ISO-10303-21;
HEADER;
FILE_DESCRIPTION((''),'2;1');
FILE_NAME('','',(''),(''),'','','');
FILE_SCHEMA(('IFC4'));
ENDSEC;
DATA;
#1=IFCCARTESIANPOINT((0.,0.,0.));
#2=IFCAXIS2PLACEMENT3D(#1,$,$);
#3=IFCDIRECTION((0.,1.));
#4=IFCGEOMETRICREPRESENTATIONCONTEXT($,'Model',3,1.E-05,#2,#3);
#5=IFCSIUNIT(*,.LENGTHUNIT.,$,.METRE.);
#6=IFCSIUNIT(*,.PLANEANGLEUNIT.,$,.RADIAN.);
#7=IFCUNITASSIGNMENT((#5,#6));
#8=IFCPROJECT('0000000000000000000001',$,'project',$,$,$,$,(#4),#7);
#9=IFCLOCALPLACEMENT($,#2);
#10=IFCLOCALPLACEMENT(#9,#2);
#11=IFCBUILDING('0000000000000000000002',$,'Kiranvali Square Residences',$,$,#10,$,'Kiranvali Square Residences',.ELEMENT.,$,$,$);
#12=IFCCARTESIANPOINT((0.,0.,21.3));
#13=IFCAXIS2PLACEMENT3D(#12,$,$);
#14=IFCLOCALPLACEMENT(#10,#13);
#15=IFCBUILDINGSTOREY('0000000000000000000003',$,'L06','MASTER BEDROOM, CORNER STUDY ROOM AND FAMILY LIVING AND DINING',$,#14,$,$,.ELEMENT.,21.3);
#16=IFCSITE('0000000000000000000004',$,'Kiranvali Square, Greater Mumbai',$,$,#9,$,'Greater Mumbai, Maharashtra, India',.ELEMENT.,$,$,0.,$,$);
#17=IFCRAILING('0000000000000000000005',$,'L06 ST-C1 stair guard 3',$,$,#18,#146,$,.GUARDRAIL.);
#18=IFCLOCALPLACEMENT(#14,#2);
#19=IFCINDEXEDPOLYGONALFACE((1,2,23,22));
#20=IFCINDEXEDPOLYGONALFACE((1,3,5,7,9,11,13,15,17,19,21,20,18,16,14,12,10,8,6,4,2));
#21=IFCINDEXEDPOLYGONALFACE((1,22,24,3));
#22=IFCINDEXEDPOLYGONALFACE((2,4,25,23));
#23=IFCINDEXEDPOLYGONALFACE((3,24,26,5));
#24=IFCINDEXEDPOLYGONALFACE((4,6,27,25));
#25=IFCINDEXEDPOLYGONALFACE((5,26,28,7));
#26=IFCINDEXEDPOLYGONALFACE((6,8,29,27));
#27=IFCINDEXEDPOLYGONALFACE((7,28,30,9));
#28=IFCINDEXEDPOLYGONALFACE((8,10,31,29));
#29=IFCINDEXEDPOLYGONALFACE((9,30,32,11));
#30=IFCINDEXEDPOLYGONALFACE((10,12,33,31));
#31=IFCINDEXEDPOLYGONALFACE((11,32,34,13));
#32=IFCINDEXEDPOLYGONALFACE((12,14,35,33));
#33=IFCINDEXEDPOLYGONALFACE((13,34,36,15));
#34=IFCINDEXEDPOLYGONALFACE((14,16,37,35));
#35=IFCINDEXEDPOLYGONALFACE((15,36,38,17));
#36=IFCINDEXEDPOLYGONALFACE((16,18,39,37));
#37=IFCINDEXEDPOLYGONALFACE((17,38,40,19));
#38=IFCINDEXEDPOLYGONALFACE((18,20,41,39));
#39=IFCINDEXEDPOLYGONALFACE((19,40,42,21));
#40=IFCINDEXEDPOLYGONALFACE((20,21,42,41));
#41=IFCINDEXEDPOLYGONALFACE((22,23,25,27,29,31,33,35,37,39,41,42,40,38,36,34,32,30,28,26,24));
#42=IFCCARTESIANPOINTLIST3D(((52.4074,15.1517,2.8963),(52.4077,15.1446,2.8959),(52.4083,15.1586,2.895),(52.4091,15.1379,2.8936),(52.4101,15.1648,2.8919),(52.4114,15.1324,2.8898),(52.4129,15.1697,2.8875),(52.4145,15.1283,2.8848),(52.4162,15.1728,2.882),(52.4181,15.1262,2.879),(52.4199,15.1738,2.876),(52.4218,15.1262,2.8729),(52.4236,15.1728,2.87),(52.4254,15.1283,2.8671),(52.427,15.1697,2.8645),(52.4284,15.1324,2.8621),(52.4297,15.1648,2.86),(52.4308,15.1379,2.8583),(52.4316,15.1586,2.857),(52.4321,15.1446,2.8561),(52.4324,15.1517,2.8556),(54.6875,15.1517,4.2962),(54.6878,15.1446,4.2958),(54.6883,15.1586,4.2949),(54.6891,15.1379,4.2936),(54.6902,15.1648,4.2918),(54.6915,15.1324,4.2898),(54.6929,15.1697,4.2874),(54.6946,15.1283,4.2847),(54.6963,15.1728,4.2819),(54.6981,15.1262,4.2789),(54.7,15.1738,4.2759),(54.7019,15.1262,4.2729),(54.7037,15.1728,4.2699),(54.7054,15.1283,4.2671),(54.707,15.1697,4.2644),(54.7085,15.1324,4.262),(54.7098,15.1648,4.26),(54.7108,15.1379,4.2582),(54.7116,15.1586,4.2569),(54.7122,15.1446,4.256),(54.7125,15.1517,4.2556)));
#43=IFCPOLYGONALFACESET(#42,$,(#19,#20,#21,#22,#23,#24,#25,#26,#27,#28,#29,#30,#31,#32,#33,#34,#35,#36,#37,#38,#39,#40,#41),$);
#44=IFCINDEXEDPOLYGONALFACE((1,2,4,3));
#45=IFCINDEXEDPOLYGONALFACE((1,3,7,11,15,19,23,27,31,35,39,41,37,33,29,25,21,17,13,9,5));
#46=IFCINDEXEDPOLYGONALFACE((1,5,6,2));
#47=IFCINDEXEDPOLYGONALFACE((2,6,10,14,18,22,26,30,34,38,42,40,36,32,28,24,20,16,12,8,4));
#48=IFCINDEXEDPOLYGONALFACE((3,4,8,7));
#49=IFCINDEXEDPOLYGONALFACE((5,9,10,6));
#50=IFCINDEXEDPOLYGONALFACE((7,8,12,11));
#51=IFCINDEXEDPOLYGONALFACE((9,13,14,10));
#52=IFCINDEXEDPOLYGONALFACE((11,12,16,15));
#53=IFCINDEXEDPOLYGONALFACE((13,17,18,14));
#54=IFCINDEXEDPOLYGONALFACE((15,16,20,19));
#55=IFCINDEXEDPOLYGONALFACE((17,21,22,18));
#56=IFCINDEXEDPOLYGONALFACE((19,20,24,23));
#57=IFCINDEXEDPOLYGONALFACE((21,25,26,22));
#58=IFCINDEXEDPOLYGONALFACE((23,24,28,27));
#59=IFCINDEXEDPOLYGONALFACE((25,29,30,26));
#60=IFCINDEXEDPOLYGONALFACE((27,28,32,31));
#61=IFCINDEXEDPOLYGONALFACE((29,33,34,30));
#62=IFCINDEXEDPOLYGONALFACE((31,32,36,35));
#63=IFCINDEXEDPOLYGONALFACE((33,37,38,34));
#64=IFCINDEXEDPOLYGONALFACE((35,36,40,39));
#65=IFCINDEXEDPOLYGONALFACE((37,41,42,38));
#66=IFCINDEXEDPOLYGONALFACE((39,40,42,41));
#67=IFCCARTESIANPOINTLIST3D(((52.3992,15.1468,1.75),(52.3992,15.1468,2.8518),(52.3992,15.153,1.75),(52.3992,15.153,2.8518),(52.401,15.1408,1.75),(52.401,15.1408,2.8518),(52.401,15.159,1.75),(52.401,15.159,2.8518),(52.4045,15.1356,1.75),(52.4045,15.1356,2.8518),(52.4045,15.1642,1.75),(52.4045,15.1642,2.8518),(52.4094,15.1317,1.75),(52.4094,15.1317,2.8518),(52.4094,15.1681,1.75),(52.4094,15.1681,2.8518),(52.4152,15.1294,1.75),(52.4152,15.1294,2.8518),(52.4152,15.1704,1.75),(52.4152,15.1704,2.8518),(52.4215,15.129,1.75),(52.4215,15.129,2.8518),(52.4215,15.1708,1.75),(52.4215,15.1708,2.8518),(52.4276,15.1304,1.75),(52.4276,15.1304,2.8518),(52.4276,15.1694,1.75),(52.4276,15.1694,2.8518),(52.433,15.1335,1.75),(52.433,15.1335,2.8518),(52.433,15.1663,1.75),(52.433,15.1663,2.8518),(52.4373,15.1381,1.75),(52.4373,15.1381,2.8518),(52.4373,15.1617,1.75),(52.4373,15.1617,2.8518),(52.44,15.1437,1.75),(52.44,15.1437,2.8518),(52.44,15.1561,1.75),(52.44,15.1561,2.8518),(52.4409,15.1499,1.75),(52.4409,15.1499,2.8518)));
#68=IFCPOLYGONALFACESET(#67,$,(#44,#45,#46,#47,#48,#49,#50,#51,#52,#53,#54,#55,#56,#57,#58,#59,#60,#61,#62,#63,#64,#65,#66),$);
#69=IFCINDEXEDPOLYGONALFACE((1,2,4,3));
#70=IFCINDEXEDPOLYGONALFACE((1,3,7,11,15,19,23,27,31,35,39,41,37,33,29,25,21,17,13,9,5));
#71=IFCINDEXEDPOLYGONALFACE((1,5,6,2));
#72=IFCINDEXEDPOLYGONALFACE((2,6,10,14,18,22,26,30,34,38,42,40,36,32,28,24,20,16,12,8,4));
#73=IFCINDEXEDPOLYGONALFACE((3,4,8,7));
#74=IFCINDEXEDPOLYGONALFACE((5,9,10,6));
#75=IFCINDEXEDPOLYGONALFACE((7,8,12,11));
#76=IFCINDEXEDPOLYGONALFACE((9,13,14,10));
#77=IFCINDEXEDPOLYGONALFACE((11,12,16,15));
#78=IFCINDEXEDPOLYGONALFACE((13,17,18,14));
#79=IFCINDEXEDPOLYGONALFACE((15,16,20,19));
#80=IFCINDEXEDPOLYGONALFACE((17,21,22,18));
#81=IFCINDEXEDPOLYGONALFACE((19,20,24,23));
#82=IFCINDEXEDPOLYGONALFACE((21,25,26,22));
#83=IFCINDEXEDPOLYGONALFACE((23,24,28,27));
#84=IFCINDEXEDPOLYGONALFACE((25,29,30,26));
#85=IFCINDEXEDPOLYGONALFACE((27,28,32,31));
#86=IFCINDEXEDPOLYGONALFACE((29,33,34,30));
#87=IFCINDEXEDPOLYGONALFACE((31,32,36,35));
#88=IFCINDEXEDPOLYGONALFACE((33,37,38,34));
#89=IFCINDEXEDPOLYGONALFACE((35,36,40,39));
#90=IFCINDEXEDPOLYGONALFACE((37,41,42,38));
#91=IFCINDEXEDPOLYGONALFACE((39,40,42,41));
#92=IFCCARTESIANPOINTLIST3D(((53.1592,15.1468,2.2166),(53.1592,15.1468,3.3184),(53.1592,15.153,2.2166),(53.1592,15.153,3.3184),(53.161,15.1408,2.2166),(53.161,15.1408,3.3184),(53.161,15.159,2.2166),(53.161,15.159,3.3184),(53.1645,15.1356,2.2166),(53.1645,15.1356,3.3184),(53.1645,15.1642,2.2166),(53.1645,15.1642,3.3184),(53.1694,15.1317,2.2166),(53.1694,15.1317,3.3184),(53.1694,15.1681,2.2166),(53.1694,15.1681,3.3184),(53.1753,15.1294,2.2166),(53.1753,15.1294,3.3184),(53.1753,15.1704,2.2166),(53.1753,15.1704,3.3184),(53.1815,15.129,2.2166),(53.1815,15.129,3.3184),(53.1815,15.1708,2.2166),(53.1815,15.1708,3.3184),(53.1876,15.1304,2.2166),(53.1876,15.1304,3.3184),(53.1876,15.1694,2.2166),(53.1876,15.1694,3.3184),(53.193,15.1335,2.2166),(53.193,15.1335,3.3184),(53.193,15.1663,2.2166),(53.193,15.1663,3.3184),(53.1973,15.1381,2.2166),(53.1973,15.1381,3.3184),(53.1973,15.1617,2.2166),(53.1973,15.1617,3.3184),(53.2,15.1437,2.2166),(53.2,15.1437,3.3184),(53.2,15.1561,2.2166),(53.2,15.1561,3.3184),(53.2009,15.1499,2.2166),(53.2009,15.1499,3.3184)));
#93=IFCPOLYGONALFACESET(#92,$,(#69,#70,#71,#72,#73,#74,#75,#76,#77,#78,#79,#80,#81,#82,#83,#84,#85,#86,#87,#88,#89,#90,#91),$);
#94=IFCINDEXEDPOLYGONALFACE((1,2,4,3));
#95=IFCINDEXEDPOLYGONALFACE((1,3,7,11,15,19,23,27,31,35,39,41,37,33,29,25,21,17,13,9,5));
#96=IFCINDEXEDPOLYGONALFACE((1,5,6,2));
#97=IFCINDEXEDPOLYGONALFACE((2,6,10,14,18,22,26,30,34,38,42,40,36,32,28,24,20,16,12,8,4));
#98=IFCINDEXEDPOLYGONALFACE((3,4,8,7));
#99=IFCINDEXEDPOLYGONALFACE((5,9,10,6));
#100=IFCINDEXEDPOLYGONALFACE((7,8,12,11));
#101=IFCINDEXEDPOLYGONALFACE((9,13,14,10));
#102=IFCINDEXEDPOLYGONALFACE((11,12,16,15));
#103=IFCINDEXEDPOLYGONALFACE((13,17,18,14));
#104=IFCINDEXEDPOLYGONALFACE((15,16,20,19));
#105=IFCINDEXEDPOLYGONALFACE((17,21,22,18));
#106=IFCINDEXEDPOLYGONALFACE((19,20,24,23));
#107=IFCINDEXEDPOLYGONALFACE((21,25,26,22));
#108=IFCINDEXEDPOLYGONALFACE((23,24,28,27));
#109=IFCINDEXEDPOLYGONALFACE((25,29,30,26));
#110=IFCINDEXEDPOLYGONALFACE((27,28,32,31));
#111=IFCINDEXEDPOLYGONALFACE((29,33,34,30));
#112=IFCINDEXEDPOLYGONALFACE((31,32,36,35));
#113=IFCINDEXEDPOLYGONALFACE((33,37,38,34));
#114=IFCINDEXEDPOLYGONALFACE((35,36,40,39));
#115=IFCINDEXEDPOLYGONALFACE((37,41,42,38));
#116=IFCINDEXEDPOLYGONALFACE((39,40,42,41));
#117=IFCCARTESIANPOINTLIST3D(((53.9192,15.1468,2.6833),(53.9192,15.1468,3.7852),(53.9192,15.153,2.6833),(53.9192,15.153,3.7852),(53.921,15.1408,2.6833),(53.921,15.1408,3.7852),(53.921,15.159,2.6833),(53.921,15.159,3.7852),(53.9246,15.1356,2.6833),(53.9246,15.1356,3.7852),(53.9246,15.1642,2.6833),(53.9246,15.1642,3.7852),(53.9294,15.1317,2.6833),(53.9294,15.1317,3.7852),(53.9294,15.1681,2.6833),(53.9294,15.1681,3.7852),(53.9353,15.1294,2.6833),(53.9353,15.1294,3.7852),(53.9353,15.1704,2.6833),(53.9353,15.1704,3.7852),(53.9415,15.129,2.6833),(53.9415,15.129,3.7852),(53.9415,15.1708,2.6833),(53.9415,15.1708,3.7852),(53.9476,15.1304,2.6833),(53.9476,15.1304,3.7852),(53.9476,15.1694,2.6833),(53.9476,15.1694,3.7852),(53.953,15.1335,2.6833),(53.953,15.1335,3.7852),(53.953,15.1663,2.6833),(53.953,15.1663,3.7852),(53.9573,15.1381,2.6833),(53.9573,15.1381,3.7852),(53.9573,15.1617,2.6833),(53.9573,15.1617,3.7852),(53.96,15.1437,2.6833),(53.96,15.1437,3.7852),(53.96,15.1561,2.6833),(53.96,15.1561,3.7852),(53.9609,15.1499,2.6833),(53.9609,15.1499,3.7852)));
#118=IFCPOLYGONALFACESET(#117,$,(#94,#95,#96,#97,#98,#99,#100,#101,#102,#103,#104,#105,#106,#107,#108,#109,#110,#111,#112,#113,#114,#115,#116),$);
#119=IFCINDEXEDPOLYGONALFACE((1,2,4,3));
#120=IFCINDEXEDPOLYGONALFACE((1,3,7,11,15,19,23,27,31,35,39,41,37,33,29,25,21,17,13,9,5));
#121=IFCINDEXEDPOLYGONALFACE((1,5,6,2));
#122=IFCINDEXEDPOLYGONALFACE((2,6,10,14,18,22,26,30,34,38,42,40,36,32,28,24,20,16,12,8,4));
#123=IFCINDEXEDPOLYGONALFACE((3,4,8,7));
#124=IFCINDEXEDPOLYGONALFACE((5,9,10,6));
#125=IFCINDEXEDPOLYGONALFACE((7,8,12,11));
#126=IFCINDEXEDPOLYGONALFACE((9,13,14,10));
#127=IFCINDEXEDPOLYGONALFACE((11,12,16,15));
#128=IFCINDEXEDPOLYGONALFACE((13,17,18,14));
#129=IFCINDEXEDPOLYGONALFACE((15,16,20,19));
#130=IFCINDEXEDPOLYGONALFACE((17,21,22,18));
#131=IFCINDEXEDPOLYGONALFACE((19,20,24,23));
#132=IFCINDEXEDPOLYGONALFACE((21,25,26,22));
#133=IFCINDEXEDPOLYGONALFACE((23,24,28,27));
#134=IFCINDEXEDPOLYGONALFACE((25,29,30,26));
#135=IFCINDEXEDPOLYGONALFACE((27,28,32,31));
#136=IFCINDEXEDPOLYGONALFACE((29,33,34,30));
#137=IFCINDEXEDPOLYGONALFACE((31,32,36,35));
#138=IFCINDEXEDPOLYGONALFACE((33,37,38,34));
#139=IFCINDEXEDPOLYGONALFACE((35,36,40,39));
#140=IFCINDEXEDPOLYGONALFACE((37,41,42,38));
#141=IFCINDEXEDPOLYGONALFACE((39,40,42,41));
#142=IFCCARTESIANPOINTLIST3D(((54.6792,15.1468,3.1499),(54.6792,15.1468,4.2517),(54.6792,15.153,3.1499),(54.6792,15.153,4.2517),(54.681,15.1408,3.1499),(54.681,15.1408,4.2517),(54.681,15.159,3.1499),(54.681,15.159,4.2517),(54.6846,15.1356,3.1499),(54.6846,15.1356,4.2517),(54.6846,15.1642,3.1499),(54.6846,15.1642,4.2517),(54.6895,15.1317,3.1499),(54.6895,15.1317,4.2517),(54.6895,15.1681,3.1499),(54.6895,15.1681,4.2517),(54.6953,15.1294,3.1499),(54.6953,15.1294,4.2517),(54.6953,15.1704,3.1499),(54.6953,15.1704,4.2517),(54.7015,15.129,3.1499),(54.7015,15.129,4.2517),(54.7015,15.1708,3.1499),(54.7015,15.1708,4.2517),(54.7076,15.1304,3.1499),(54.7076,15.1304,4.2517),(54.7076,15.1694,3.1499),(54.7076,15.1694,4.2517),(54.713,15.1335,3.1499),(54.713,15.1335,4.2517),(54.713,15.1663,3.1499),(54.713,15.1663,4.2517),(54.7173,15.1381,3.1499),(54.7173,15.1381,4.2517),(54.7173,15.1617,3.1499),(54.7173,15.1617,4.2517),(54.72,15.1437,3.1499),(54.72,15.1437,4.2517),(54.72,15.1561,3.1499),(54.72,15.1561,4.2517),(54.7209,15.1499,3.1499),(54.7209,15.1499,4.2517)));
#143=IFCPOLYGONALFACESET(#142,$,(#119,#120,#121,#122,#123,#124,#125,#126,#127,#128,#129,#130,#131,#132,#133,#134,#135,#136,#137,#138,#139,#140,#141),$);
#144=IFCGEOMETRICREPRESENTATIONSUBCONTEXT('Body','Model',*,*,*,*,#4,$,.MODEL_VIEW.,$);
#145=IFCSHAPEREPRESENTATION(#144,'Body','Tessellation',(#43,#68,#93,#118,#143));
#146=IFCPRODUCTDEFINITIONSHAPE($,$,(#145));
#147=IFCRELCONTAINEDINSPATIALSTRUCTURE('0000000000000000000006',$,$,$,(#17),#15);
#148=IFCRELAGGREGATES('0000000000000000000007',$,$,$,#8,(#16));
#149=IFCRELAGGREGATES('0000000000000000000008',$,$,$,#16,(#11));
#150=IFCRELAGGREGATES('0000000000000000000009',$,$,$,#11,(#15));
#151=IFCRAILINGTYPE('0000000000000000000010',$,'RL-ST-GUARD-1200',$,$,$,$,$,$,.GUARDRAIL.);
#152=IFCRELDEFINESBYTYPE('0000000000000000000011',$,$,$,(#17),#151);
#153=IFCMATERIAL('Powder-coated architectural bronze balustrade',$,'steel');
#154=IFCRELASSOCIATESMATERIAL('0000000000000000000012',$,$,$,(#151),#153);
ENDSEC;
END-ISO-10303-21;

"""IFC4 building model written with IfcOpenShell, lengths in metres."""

from ifc_helpers import new_model, si_unit, direction, frame, origin, origin_2d, place, context, subcontext, project, spatial, circle, extrude, material, type_object, element, save


model = new_model("IFC4")

# Units and contexts
model_context = context("Model", 3, precision=1e-05, world=origin(), true_north=direction((0.0, 1.0)))
body_context = subcontext(model_context, "Body", "Model", "MODEL_VIEW")
ifc_project = project(units=[si_unit("LENGTHUNIT", "METRE"), si_unit("PLANEANGLEUNIT", "RADIAN")], contexts=[model_context])

# Site, building, storey
site_placement = place(None, origin())
site = spatial("IfcSite", under=ifc_project, at=site_placement, Name="Kiranvali Square, Greater Mumbai", LongName="Greater Mumbai, Maharashtra, India", CompositionType="ELEMENT", RefElevation=0.0)
building_placement = place(site_placement, origin())
building = spatial("IfcBuilding", under=site, at=building_placement, Name="Kiranvali Square Residences", LongName="Kiranvali Square Residences", CompositionType="ELEMENT")
storey_placement = place(building_placement, frame((0.0, 0.0, 21.3)))
storey = spatial("IfcBuildingStorey", under=building, at=storey_placement, Name="L06", Description="MASTER BEDROOM, CORNER STUDY ROOM AND FAMILY LIVING AND DINING", CompositionType="ELEMENT", Elevation=21.3)

# Railing
ifc_material_1 = material(Name="Powder-coated architectural bronze balustrade", Category="steel")
railing_type_1 = type_object("IfcRailingType", Name="RL-ST-GUARD-1200", PredefinedType="GUARDRAIL", material=ifc_material_1)
railing_1_placement = place(storey_placement, frame((52.4199, 15.1499, 1.75)))
element("IfcRailing", 1, at=railing_1_placement, inside=storey, type_object=railing_type_1, Name="L06 ST-C1 stair guard 3", PredefinedType="GUARDRAIL", context=body_context, shape_type="SweptSolid", body=[
    extrude(circle(Radius=0.0239, at=origin_2d()), frame((0.0, 0.0, 1.126), z_axis=(0.85219, 0.0, 0.523232), x_axis=(0.0, 1.0, 0.0)), (0.0, 0.0, 1.0), 2.6755),
    extrude(circle(Radius=0.021, at=origin_2d()), origin(), (0.0, 0.0, 1.0), 1.1018),
    extrude(circle(Radius=0.021, at=origin_2d()), frame((0.76, 0.0, 0.4666)), (0.0, 0.0, 1.0), 1.1018),
    extrude(circle(Radius=0.021, at=origin_2d()), frame((1.52, 0.0, 0.9333)), (0.0, 0.0, 1.0), 1.1018),
    extrude(circle(Radius=0.021, at=origin_2d()), frame((2.28, 0.0, 1.3999)), (0.0, 0.0, 1.0), 1.1018),
])

save(model, "model.ifc")
